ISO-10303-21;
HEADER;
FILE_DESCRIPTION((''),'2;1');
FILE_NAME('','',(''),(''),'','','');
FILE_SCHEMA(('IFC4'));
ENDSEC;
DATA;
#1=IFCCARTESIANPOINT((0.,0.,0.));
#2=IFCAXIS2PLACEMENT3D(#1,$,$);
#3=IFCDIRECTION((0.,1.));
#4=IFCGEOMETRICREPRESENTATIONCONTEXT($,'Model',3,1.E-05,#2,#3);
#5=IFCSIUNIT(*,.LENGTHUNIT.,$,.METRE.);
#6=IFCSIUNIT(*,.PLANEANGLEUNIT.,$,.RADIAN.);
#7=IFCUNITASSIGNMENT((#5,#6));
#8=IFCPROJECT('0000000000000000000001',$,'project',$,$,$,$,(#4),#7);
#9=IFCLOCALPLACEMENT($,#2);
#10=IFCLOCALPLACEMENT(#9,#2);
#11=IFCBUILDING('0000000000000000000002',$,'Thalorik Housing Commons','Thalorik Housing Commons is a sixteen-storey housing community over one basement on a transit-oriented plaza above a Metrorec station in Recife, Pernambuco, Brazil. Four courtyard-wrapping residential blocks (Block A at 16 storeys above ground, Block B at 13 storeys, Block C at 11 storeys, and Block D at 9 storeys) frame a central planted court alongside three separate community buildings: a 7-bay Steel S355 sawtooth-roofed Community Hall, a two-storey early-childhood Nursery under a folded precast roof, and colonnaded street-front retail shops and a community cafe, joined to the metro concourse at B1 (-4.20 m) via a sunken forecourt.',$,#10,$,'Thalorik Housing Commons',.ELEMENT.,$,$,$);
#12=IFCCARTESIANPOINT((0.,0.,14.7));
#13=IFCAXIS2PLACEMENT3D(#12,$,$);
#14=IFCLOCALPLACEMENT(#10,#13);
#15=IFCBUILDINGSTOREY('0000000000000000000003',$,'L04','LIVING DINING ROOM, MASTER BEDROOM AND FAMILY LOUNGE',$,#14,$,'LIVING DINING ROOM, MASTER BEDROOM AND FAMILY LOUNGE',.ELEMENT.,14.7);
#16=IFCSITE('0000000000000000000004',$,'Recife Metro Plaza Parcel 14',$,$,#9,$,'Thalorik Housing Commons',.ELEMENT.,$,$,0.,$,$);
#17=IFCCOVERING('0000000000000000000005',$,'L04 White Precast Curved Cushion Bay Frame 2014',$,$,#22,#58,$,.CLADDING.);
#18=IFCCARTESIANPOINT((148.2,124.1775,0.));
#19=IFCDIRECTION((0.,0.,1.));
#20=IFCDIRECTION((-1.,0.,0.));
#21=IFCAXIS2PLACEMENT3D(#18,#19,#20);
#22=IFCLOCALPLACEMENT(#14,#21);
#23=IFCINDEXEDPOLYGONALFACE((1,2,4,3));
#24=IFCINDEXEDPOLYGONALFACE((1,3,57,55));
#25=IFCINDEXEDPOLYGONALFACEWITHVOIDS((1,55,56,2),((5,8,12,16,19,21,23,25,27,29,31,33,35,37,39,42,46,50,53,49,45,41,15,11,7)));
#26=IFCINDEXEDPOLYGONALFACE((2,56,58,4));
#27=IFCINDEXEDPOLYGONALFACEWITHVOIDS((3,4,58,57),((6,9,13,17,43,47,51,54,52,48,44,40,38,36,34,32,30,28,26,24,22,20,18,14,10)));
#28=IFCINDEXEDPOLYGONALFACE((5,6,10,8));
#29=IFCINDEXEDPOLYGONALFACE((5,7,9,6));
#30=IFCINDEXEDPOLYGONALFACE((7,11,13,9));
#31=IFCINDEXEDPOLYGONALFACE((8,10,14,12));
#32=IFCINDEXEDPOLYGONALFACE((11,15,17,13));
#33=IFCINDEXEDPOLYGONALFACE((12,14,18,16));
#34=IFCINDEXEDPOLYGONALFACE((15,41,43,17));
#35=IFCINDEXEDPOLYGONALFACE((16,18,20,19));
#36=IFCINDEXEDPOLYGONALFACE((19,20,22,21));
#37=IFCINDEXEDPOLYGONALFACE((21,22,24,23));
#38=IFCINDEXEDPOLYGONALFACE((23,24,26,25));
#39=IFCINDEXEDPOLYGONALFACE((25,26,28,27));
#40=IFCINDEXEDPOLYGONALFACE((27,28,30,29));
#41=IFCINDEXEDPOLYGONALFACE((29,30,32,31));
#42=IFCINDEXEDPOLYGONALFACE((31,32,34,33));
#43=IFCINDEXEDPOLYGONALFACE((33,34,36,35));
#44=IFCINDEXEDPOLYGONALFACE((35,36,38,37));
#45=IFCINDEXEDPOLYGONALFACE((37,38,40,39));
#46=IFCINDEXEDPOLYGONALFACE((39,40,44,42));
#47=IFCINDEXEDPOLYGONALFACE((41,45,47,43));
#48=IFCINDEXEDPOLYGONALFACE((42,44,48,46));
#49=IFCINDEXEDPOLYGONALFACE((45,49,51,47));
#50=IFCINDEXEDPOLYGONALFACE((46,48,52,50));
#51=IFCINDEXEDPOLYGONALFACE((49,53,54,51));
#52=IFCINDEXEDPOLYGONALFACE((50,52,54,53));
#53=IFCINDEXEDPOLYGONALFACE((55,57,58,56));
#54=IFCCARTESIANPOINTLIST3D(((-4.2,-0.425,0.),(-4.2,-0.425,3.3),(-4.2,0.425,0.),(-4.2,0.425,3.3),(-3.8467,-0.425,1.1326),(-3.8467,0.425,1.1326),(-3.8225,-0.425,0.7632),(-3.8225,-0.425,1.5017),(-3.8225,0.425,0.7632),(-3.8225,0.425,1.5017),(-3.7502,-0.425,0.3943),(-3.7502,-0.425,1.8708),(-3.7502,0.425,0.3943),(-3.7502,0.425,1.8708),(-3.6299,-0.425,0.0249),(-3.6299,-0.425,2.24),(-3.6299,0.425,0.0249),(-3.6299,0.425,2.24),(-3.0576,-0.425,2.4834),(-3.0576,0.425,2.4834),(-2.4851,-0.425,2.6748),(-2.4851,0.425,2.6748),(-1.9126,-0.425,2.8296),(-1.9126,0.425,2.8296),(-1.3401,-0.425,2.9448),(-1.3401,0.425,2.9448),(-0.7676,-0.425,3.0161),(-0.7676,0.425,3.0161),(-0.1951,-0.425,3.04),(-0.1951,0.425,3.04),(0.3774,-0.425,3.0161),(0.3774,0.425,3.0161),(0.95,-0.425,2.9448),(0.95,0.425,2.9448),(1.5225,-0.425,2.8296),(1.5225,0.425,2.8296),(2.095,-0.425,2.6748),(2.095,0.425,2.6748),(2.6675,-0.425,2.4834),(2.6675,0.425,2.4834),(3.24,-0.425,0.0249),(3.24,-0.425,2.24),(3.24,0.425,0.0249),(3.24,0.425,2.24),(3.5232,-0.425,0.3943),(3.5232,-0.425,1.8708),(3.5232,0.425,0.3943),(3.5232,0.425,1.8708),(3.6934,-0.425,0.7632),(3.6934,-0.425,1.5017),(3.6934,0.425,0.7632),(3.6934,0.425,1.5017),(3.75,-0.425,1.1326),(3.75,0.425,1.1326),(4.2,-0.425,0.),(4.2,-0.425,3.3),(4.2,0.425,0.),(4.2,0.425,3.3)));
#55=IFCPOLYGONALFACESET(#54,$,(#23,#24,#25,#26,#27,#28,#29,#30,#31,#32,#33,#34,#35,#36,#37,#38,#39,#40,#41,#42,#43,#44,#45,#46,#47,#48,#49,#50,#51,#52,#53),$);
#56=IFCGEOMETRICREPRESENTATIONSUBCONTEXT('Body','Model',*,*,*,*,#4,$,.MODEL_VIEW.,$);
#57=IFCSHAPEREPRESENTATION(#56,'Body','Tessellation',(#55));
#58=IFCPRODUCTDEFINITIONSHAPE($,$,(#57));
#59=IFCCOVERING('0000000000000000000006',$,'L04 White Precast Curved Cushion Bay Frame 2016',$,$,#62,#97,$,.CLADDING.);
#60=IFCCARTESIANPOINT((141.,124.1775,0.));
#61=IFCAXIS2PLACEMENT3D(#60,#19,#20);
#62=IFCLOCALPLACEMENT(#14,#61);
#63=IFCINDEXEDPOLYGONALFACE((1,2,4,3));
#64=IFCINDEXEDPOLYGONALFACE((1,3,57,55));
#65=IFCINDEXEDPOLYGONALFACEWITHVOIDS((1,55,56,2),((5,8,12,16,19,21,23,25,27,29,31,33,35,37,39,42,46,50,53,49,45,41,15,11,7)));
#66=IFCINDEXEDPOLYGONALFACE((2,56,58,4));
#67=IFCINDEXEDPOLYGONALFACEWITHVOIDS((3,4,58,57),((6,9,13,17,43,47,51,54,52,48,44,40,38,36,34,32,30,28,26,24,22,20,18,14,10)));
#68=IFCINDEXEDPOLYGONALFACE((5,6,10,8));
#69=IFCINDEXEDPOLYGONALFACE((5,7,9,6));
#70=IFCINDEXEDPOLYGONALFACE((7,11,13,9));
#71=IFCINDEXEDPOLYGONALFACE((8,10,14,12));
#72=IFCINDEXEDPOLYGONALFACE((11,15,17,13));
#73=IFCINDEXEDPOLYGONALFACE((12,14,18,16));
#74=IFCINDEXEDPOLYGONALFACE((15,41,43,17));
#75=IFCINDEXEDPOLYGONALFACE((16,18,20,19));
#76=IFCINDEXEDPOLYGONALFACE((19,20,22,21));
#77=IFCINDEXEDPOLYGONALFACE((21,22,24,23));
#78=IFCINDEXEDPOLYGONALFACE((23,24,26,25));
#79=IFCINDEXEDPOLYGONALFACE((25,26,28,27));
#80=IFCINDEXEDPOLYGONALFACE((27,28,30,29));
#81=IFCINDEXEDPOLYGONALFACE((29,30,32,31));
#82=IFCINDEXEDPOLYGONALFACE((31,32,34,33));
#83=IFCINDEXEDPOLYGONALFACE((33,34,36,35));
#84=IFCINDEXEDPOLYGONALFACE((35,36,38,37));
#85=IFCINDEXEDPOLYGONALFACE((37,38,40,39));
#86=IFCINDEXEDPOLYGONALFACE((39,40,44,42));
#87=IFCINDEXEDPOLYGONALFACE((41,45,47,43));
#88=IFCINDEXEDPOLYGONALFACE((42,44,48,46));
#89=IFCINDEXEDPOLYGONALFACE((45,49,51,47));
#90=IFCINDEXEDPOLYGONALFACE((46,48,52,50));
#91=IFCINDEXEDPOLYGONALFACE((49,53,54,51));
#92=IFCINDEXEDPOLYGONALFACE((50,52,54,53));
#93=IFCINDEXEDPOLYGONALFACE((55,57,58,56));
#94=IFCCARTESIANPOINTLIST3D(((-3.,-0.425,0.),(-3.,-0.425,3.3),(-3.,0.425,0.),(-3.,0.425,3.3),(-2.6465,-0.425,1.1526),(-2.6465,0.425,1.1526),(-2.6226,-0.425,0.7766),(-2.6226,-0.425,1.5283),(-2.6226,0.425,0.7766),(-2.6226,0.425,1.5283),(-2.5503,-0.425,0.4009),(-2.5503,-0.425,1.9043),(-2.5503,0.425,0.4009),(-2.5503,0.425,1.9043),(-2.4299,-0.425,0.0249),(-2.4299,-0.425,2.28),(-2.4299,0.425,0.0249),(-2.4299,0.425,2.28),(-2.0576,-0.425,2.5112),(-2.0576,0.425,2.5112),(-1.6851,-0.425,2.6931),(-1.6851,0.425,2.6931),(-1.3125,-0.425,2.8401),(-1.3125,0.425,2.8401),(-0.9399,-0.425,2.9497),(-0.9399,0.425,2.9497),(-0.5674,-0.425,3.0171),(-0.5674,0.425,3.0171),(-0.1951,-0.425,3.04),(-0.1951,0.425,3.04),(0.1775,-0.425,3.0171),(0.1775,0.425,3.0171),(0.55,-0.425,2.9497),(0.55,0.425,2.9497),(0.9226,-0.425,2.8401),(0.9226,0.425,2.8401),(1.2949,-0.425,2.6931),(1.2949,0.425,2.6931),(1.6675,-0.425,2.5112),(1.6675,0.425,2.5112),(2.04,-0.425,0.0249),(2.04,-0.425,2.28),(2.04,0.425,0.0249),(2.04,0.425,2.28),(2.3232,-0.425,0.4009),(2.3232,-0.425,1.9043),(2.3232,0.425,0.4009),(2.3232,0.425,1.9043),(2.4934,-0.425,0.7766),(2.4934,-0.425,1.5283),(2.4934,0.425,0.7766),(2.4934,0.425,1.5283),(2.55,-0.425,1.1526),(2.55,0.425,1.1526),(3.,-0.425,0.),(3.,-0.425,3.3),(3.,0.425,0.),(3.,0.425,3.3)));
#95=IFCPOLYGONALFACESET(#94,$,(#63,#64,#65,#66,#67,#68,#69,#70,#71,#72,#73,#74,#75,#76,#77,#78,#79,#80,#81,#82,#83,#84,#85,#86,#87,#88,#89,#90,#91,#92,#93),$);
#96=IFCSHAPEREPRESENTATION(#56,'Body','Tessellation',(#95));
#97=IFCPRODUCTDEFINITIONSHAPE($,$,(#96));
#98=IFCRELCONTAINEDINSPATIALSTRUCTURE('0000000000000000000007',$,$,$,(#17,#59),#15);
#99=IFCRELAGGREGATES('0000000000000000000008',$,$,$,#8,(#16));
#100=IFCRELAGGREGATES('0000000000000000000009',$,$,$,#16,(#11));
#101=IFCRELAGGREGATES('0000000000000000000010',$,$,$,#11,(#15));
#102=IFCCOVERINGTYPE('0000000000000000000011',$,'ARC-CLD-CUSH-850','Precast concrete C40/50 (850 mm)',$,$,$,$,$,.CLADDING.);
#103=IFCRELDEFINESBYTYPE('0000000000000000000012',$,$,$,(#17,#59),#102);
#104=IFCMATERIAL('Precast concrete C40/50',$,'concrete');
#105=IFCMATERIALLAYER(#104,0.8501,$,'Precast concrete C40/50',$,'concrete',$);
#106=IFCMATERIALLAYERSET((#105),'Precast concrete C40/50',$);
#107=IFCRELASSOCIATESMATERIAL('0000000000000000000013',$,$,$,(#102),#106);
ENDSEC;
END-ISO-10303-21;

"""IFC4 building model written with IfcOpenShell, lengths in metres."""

from ifc_helpers import new_model, si_unit, direction, frame, origin, place, context, subcontext, project, spatial, polyline, outline, extrude, material, layer, layer_set, type_object, element, save


model = new_model("IFC4")

# Units and contexts
model_context = context("Model", 3, precision=1e-05, world=origin(), true_north=direction((0.0, 1.0)))
body_context = subcontext(model_context, "Body", "Model", "MODEL_VIEW")
ifc_project = project(units=[si_unit("LENGTHUNIT", "METRE"), si_unit("PLANEANGLEUNIT", "RADIAN")], contexts=[model_context])

# Site, building, storey
site_placement = place(None, origin())
site = spatial("IfcSite", under=ifc_project, at=site_placement, Name="Recife Metro Plaza Parcel 14", LongName="Thalorik Housing Commons", CompositionType="ELEMENT", RefElevation=0.0)
building_placement = place(site_placement, origin())
building = spatial("IfcBuilding", under=site, at=building_placement, Name="Thalorik Housing Commons", Description="Thalorik Housing Commons is a sixteen-storey housing community over one basement on a transit-oriented plaza above a Metrorec station in Recife, Pernambuco, Brazil. Four courtyard-wrapping residential blocks (Block A at 16 storeys above ground, Block B at 13 storeys, Block C at 11 storeys, and Block D at 9 storeys) frame a central planted court alongside three separate community buildings: a 7-bay Steel S355 sawtooth-roofed Community Hall, a two-storey early-childhood Nursery under a folded precast roof, and colonnaded street-front retail shops and a community cafe, joined to the metro concourse at B1 (-4.20 m) via a sunken forecourt.", LongName="Thalorik Housing Commons", CompositionType="ELEMENT")
storey_placement = place(building_placement, frame((0.0, 0.0, 14.7)))
storey = spatial("IfcBuildingStorey", under=building, at=storey_placement, Name="L04", Description="LIVING DINING ROOM, MASTER BEDROOM AND FAMILY LOUNGE", LongName="LIVING DINING ROOM, MASTER BEDROOM AND FAMILY LOUNGE", CompositionType="ELEMENT", Elevation=14.7)

# Shared definitions
ifc_material_1 = material(Name="Precast concrete C40/50", Category="concrete")

# Coverings
ifc_layer_1 = layer(ifc_material_1, 0.8501, Name="Precast concrete C40/50", Category="concrete")
ifc_layer_set_1 = layer_set([ifc_layer_1], Name="Precast concrete C40/50")
covering_type_1 = type_object("IfcCoveringType", Name="ARC-CLD-CUSH-850", Description="Precast concrete C40/50 (850 mm)", PredefinedType="CLADDING", material=ifc_layer_set_1)
covering_1_placement = place(storey_placement, frame((148.2, 124.1775, 0.0), z_axis=(0.0, 0.0, 1.0), x_axis=(-1.0, 0.0, 0.0)))
element("IfcCovering", 1, at=covering_1_placement, inside=storey, type_object=covering_type_1, Name="L04 White Precast Curved Cushion Bay Frame 2014", PredefinedType="CLADDING", context=body_context, shape_type="SweptSolid", body=[
    extrude(outline(polyline([(-4.2, 0.0), (4.2, 0.0), (4.2, 3.3), (-4.2, 3.3), (-4.2, 0.0)]), holes=[polyline([(3.24, 0.0249), (3.5232, 0.3943), (3.6934, 0.7632), (3.75, 1.1326), (3.6934, 1.5017), (3.5232, 1.8708), (3.24, 2.24), (2.6675, 2.4834), (2.095, 2.6748), (1.5225, 2.8296), (0.95, 2.9448), (0.3774, 3.0161), (-0.1951, 3.04), (-0.7676, 3.0161), (-1.3401, 2.9448), (-1.9126, 2.8296), (-2.4851, 2.6748), (-3.0576, 2.4834), (-3.6299, 2.24), (-3.7502, 1.8708), (-3.8225, 1.5017), (-3.8467, 1.1326), (-3.8225, 0.7632), (-3.7502, 0.3943), (-3.6299, 0.0249), (3.24, 0.0249)])]), frame((0.0, 0.425, 0.0), z_axis=(0.0, -1.0, 0.0), x_axis=(1.0, 0.0, 0.0)), (0.0, 0.0, 1.0), 0.8501),
])
covering_2_placement = place(storey_placement, frame((141.0, 124.1775, 0.0), z_axis=(0.0, 0.0, 1.0), x_axis=(-1.0, 0.0, 0.0)))
element("IfcCovering", 2, at=covering_2_placement, inside=storey, type_object=covering_type_1, Name="L04 White Precast Curved Cushion Bay Frame 2016", PredefinedType="CLADDING", context=body_context, shape_type="SweptSolid", body=[
    extrude(outline(polyline([(-3.0, 0.0), (3.0, 0.0), (3.0, 3.3), (-3.0, 3.3), (-3.0, 0.0)]), holes=[polyline([(2.04, 0.0249), (2.3232, 0.4009), (2.4934, 0.7766), (2.55, 1.1526), (2.4934, 1.5283), (2.3232, 1.9043), (2.04, 2.28), (1.6675, 2.5112), (1.2949, 2.6931), (0.9226, 2.8401), (0.55, 2.9497), (0.1775, 3.0171), (-0.1951, 3.04), (-0.5674, 3.0171), (-0.9399, 2.9497), (-1.3125, 2.8401), (-1.6851, 2.6931), (-2.0576, 2.5112), (-2.4299, 2.28), (-2.5503, 1.9043), (-2.6226, 1.5283), (-2.6465, 1.1526), (-2.6226, 0.7766), (-2.5503, 0.4009), (-2.4299, 0.0249), (2.04, 0.0249)])]), frame((0.0, 0.425, 0.0), z_axis=(0.0, -1.0, 0.0), x_axis=(1.0, 0.0, 0.0)), (0.0, 0.0, 1.0), 0.8501),
])

save(model, "model.ifc")
